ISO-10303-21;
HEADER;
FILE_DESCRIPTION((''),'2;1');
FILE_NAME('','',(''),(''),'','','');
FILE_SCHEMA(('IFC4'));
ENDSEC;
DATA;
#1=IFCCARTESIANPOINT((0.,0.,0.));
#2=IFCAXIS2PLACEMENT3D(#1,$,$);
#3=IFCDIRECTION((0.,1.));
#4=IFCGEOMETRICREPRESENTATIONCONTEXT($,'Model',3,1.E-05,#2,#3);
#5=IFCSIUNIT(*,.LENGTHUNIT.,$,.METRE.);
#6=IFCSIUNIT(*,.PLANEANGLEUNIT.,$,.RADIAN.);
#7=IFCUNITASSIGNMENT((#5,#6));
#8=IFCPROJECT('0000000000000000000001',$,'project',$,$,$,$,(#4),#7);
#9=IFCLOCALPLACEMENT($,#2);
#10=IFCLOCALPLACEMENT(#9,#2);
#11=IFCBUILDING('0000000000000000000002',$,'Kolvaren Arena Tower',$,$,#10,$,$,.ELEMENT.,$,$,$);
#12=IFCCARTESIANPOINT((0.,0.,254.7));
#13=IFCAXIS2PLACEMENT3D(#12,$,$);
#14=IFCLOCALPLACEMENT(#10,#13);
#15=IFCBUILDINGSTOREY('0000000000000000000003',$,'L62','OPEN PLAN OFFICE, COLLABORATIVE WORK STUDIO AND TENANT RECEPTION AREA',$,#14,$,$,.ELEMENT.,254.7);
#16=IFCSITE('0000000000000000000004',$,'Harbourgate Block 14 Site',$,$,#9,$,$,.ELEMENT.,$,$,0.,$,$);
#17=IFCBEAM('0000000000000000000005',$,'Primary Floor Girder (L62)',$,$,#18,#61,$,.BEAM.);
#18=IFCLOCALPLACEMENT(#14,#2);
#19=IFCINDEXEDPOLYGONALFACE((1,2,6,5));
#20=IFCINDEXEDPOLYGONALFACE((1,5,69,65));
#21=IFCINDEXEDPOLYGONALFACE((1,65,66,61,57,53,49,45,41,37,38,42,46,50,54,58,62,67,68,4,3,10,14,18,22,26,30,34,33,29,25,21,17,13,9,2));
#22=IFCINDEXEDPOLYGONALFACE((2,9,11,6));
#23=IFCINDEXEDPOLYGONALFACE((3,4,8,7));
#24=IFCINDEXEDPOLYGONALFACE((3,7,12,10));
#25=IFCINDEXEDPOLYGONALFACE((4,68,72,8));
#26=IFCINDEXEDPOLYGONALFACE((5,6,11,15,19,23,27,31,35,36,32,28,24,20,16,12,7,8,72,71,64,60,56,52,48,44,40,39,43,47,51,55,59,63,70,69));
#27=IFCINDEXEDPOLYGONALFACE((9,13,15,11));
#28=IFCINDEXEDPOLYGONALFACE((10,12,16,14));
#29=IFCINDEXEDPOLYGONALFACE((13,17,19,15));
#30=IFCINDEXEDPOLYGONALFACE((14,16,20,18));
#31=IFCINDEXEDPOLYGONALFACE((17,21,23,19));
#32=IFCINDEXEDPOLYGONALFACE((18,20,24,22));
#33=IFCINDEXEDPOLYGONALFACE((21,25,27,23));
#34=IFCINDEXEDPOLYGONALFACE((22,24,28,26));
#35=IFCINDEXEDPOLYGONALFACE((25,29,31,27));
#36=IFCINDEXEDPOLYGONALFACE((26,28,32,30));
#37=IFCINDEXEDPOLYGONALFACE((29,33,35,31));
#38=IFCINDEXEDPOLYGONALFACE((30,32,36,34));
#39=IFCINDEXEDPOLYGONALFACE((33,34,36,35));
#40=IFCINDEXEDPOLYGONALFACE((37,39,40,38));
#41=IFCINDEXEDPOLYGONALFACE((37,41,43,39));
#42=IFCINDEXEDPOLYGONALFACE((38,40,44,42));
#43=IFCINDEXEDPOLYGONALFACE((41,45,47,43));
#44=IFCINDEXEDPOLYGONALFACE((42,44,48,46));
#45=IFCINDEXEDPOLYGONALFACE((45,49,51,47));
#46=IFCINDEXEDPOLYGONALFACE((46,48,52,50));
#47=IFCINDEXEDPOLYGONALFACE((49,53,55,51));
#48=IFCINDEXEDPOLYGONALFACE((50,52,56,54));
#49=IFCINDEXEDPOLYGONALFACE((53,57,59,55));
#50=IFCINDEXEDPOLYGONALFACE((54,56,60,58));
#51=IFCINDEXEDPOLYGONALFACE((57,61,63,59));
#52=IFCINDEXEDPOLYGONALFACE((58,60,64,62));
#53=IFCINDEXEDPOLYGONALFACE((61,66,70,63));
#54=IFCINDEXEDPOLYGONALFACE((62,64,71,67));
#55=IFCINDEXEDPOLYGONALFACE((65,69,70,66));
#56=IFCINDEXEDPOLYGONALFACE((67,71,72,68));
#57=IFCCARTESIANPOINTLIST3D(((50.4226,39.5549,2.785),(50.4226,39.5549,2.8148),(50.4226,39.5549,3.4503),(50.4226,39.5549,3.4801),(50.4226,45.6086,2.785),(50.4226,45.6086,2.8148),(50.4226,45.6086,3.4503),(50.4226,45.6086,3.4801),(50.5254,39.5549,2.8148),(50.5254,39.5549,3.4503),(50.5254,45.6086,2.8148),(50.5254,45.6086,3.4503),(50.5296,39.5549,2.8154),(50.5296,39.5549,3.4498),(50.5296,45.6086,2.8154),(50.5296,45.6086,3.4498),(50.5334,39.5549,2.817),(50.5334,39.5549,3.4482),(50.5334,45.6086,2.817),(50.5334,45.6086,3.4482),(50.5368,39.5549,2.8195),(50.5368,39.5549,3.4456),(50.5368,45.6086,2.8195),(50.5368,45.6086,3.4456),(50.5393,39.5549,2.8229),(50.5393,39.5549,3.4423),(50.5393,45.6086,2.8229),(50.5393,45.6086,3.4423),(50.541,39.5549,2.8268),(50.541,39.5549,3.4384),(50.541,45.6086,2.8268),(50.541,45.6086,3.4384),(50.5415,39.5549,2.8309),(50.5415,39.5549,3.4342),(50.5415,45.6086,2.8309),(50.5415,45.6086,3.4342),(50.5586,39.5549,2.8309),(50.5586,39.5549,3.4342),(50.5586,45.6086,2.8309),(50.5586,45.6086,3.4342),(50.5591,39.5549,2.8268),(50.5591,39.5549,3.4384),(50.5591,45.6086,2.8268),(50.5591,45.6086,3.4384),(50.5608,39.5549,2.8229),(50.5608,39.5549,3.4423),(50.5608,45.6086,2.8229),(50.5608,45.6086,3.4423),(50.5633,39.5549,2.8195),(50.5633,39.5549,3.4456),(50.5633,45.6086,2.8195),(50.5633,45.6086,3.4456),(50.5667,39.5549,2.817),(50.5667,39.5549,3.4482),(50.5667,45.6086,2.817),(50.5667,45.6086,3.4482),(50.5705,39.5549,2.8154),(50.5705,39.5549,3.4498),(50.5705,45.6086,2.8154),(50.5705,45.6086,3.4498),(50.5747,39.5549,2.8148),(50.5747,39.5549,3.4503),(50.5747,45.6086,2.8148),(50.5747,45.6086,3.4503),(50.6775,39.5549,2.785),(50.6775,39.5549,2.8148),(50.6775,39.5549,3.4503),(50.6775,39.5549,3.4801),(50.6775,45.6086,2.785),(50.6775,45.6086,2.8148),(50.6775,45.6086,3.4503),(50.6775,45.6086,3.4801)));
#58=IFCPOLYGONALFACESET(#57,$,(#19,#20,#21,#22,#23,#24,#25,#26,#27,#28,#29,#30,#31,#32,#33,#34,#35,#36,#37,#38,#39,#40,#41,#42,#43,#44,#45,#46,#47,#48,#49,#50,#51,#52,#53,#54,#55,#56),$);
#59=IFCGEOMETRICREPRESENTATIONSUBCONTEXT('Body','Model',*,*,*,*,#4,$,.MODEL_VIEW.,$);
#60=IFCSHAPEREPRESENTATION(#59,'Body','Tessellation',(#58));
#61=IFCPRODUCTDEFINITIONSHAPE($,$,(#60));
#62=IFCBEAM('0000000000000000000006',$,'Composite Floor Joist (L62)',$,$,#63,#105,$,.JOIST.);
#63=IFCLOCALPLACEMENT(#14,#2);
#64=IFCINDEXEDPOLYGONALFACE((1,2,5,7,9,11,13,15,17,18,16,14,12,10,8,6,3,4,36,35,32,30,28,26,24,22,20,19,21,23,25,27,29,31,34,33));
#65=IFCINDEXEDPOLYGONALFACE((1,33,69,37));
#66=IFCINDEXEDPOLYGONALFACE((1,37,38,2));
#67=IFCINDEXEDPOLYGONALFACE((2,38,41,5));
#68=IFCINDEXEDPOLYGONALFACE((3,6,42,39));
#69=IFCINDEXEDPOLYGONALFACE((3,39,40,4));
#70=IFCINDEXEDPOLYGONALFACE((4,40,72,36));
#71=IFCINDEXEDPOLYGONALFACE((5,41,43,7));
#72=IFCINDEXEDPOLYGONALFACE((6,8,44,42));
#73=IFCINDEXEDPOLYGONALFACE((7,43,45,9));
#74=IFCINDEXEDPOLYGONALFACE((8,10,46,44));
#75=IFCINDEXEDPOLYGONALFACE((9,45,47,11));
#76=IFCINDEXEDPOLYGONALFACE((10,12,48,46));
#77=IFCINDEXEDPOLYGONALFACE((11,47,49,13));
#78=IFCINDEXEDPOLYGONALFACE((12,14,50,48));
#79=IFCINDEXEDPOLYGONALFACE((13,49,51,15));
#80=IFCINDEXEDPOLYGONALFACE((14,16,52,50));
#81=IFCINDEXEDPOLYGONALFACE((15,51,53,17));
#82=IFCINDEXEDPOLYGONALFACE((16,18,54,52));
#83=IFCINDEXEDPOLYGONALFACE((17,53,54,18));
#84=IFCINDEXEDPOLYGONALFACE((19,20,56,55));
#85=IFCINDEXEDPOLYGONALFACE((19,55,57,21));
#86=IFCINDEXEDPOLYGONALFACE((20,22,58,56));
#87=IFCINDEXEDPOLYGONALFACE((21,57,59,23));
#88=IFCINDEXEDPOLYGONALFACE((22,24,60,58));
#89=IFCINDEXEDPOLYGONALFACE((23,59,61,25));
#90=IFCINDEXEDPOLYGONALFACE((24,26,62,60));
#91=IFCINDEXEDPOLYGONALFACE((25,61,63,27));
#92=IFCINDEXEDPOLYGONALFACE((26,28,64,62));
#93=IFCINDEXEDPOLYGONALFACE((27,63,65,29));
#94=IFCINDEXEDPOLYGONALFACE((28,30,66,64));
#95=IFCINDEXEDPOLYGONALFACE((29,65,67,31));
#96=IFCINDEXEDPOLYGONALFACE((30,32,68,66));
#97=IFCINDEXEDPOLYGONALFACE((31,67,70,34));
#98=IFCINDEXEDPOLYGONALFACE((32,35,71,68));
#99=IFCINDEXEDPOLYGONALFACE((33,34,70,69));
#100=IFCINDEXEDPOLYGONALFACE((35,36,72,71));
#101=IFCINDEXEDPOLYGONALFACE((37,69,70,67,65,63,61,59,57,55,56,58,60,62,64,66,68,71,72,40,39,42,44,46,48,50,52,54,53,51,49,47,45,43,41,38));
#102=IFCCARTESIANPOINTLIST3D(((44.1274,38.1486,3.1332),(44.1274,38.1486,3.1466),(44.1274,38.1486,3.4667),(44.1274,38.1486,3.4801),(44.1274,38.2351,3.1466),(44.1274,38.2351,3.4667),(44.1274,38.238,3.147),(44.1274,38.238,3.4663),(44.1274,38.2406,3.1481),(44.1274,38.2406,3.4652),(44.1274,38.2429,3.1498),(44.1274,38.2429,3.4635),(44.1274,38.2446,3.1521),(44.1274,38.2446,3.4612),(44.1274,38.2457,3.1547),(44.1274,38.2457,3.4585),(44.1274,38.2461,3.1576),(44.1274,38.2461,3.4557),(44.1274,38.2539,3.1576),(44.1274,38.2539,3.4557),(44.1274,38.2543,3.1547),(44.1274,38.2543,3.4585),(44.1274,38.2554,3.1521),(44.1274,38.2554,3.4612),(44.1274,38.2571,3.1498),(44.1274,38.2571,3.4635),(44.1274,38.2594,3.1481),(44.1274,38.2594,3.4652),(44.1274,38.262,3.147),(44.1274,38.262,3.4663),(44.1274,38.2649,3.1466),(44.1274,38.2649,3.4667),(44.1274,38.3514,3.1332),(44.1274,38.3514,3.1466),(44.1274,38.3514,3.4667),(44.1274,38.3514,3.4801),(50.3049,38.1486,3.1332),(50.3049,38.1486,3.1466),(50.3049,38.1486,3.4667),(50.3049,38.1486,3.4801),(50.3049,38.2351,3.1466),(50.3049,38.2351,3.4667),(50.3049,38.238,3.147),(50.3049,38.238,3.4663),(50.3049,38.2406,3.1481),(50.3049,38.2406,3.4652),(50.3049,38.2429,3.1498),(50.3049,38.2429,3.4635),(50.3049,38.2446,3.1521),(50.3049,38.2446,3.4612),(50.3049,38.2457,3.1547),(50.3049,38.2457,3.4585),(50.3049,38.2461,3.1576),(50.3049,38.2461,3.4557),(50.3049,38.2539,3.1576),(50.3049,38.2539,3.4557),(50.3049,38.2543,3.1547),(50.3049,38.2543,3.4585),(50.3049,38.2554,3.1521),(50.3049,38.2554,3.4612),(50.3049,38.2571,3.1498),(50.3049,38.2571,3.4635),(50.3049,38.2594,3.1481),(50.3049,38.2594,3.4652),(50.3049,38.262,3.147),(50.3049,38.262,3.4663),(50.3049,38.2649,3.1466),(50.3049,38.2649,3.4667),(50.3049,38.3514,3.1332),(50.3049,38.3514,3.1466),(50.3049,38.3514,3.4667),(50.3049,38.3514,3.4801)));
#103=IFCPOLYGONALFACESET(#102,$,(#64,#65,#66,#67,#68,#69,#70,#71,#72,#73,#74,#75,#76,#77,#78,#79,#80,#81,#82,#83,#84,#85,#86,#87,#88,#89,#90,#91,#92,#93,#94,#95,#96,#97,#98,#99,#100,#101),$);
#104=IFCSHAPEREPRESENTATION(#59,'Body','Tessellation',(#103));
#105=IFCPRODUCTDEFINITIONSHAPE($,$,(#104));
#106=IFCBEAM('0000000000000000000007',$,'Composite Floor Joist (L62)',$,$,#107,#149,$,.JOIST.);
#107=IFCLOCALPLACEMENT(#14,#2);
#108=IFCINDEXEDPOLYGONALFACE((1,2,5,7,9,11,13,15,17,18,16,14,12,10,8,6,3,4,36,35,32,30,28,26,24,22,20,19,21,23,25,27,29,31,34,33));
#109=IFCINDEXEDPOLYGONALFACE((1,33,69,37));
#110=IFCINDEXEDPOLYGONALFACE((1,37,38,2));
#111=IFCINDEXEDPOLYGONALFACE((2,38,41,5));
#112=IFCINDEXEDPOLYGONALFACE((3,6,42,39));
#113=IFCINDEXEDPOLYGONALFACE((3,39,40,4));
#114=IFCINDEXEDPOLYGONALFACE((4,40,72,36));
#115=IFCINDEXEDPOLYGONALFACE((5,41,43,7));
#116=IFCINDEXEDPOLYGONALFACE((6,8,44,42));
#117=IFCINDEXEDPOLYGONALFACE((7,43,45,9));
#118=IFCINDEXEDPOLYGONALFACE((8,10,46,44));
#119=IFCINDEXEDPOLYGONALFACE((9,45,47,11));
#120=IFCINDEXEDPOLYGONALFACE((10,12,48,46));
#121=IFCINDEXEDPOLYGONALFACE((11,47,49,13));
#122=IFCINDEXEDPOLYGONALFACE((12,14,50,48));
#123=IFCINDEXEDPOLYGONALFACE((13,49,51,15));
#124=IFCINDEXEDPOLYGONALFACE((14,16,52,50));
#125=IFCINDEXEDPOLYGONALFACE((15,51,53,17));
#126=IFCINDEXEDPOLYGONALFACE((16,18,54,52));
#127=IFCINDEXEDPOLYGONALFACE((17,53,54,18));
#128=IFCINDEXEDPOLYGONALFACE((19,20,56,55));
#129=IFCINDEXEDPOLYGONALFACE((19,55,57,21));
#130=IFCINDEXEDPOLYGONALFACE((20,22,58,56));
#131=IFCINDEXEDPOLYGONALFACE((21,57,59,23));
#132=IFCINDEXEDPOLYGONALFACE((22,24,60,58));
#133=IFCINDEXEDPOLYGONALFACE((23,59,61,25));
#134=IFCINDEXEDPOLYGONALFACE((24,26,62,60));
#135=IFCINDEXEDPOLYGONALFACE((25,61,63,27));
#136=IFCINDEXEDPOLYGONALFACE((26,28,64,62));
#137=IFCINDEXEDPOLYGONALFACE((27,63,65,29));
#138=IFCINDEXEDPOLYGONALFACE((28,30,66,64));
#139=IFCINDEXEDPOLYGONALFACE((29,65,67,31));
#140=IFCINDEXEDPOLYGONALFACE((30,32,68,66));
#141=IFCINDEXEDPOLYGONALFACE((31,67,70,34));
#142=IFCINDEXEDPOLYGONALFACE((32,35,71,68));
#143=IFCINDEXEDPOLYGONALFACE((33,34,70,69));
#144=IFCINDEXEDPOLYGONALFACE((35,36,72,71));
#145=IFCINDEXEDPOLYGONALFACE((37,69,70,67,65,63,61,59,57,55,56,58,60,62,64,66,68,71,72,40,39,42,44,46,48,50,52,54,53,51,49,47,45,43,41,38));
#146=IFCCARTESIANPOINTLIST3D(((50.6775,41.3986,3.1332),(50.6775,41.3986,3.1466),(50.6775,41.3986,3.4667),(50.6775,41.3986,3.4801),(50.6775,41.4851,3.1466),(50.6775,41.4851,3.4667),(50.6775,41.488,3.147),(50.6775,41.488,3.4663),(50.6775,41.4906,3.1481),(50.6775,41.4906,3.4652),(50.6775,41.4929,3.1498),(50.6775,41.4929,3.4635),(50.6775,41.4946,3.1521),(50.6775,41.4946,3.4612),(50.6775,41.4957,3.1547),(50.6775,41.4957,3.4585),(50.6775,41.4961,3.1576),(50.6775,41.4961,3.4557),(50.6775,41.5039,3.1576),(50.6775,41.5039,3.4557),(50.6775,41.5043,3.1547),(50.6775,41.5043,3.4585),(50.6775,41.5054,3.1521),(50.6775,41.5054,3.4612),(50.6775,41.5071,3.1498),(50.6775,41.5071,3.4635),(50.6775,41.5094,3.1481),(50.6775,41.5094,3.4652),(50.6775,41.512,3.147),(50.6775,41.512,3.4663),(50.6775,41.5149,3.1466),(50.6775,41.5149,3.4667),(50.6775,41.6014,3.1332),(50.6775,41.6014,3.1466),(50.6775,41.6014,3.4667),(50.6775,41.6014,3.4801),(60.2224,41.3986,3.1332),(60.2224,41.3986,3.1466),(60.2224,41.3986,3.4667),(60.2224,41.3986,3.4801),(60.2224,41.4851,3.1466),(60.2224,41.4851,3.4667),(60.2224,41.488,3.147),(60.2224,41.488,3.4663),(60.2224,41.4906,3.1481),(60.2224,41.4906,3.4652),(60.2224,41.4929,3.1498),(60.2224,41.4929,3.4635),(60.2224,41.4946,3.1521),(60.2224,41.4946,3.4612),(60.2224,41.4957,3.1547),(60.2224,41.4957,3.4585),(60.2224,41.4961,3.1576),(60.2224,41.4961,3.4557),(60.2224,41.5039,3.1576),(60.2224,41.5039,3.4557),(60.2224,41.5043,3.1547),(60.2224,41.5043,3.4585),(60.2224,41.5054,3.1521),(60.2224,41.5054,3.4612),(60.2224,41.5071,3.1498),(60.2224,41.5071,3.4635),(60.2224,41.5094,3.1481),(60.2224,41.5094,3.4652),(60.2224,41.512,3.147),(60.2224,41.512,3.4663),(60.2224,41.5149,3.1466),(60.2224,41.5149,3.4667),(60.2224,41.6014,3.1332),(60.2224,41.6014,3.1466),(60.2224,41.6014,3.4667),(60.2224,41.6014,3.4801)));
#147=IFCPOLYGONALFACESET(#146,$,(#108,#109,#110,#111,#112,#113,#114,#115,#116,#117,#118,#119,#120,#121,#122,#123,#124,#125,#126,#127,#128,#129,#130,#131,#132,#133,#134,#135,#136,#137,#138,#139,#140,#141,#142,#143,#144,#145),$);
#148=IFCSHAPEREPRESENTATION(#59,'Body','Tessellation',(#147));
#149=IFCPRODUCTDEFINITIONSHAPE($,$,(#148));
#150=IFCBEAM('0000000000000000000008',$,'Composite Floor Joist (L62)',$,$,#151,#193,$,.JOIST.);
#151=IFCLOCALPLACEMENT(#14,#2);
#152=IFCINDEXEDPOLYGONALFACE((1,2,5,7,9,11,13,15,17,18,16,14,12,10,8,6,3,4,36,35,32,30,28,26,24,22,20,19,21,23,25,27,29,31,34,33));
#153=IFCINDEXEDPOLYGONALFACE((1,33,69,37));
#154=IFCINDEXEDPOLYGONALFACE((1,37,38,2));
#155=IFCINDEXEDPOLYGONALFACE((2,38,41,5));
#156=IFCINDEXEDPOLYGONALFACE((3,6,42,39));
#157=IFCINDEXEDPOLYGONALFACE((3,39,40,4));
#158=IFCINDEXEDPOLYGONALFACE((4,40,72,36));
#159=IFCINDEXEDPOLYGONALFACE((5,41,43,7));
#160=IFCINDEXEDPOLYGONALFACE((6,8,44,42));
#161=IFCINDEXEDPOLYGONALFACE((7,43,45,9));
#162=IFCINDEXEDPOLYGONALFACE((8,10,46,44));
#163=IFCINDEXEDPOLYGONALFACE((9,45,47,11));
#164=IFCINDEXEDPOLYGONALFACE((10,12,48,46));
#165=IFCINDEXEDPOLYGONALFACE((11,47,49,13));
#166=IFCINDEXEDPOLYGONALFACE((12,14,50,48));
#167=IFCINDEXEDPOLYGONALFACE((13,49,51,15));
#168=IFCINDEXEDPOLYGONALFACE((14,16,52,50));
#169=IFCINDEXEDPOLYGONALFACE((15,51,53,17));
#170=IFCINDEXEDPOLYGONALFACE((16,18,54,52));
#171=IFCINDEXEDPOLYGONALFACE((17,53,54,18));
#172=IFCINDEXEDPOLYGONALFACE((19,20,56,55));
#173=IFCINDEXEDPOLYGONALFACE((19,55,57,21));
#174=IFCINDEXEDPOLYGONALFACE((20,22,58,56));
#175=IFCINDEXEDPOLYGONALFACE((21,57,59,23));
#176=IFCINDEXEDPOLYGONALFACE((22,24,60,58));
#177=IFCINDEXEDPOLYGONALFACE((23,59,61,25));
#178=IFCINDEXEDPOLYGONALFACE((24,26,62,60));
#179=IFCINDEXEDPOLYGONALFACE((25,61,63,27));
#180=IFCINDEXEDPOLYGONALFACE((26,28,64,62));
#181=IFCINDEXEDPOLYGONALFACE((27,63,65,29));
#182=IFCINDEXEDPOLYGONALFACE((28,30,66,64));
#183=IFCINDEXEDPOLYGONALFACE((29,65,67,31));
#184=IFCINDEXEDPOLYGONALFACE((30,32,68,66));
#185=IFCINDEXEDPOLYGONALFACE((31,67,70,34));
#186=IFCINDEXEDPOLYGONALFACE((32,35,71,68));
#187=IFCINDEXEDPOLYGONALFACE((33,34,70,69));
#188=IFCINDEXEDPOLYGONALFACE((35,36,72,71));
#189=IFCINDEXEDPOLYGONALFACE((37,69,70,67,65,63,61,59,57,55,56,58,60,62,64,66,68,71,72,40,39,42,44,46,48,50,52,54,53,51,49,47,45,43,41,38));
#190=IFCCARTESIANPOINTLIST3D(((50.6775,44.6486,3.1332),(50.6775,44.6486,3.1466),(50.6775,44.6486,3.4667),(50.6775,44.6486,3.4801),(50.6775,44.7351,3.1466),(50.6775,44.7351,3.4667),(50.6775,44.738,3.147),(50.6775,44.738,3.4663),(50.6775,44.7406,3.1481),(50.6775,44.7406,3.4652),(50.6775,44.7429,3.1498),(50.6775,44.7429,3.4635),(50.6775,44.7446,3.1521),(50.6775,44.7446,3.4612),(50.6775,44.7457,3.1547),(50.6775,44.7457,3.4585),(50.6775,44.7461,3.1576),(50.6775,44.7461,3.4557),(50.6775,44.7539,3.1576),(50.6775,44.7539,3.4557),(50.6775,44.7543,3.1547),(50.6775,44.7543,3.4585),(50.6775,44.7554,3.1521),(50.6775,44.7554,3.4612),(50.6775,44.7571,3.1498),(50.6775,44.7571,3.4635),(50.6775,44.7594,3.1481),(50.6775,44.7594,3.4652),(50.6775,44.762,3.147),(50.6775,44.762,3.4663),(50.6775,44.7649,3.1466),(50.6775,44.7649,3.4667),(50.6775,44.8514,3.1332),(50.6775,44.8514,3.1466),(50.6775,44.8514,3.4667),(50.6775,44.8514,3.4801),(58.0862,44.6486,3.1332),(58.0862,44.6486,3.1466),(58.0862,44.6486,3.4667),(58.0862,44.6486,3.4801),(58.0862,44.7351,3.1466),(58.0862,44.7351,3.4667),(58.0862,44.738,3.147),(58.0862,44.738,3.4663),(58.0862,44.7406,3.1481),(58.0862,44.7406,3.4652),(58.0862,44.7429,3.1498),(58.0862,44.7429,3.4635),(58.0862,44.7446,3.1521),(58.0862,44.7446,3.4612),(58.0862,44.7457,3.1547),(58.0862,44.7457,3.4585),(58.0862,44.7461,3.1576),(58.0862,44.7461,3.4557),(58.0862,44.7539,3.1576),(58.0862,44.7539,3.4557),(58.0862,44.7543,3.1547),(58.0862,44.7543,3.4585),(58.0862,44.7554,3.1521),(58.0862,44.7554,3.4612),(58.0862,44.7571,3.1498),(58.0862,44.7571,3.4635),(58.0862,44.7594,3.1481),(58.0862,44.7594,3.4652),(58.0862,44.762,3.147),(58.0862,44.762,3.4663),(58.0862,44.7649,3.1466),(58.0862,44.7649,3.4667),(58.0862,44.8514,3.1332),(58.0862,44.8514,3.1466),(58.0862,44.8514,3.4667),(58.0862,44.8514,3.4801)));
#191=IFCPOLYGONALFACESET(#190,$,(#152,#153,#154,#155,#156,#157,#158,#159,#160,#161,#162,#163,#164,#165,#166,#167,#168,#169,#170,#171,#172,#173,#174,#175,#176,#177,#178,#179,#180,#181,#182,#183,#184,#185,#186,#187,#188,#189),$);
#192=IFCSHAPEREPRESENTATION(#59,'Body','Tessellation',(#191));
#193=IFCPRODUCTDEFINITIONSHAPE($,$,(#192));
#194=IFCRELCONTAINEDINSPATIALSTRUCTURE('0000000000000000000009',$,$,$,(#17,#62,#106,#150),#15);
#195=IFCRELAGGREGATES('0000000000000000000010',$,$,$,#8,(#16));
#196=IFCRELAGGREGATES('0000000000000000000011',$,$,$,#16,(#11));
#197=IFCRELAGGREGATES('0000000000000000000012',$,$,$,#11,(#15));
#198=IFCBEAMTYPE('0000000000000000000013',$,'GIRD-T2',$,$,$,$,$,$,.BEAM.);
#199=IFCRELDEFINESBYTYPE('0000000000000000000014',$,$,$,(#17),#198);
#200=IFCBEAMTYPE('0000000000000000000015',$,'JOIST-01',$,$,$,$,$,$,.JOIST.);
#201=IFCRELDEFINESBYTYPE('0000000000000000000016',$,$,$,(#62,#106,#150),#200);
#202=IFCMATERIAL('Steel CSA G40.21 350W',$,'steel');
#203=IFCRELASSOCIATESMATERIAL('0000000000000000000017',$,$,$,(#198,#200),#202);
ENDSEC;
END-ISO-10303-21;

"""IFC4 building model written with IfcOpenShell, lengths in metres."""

from ifc_helpers import new_model, si_unit, direction, frame, origin, origin_2d, place, context, subcontext, project, spatial, i_section, extrude, material, material_profile, profile_set, type_object, element, save


model = new_model("IFC4")

# Units and contexts
model_context = context("Model", 3, precision=1e-05, world=origin(), true_north=direction((0.0, 1.0)))
body_context = subcontext(model_context, "Body", "Model", "MODEL_VIEW")
ifc_project = project(units=[si_unit("LENGTHUNIT", "METRE"), si_unit("PLANEANGLEUNIT", "RADIAN")], contexts=[model_context])

# Site, building, storey
site_placement = place(None, origin())
site = spatial("IfcSite", under=ifc_project, at=site_placement, Name="Harbourgate Block 14 Site", CompositionType="ELEMENT", RefElevation=0.0)
building_placement = place(site_placement, origin())
building = spatial("IfcBuilding", under=site, at=building_placement, Name="Kolvaren Arena Tower", CompositionType="ELEMENT")
storey_placement = place(building_placement, frame((0.0, 0.0, 254.7)))
storey = spatial("IfcBuildingStorey", under=building, at=storey_placement, Name="L62", Description="OPEN PLAN OFFICE, COLLABORATIVE WORK STUDIO AND TENANT RECEPTION AREA", CompositionType="ELEMENT", Elevation=254.7)

# Beams
ifc_material_1 = material(Name="Steel CSA G40.21 350W", Category="steel")
ifc_material_profile_1 = material_profile(ifc_material_1, i_section(OverallWidth=0.2549, OverallDepth=0.6951, WebThickness=0.0171, FlangeThickness=0.0298, FilletRadius=0.0161, at=origin_2d()), Name="W690x217")
ifc_profile_set_1 = profile_set([ifc_material_profile_1], Name="Steel CSA G40.21 350W")
beam_type_1 = type_object("IfcBeamType", Name="GIRD-T2", PredefinedType="BEAM", material=ifc_profile_set_1)
beam_1_placement = place(storey_placement, frame((50.55, 39.5549, 3.1326), z_axis=(0.0, 1.0, 0.0), x_axis=(-1.0, 0.0, 0.0)))
element("IfcBeam", 1, at=beam_1_placement, inside=storey, type_object=beam_type_1, Name="Primary Floor Girder (L62)", PredefinedType="BEAM", context=body_context, shape_type="SweptSolid", body=[
    extrude(i_section(OverallWidth=0.2549, OverallDepth=0.6951, WebThickness=0.0171, FlangeThickness=0.0298, FilletRadius=0.0161, at=origin_2d()), origin(), (0.0, 0.0, 1.0), 6.0537),
])
ifc_material_profile_2 = material_profile(ifc_material_1, i_section(OverallWidth=0.2029, OverallDepth=0.3469, WebThickness=0.0078, FlangeThickness=0.0134, FilletRadius=0.011, at=origin_2d()), Name="W360x64")
ifc_profile_set_2 = profile_set([ifc_material_profile_2], Name="Steel CSA G40.21 350W")
beam_type_2 = type_object("IfcBeamType", Name="JOIST-01", PredefinedType="JOIST", material=ifc_profile_set_2)
beam_2_placement = place(storey_placement, frame((44.1274, 38.25, 3.3066), z_axis=(1.0, 0.0, 0.0), x_axis=(0.0, 1.0, 0.0)))
element("IfcBeam", 2, at=beam_2_placement, inside=storey, type_object=beam_type_2, Name="Composite Floor Joist (L62)", PredefinedType="JOIST", context=body_context, shape_type="SweptSolid", body=[
    extrude(i_section(OverallWidth=0.2029, OverallDepth=0.3469, WebThickness=0.0078, FlangeThickness=0.0134, FilletRadius=0.011, at=origin_2d()), origin(), (0.0, 0.0, 1.0), 6.1775),
])
beam_3_placement = place(storey_placement, frame((50.6775, 41.5, 3.3066), z_axis=(1.0, 0.0, 0.0), x_axis=(0.0, 1.0, 0.0)))
element("IfcBeam", 3, at=beam_3_placement, inside=storey, type_object=beam_type_2, Name="Composite Floor Joist (L62)", PredefinedType="JOIST", context=body_context, shape_type="SweptSolid", body=[
    extrude(i_section(OverallWidth=0.2029, OverallDepth=0.3469, WebThickness=0.0078, FlangeThickness=0.0134, FilletRadius=0.011, at=origin_2d()), origin(), (0.0, 0.0, 1.0), 9.5449),
])
beam_4_placement = place(storey_placement, frame((50.6775, 44.75, 3.3066), z_axis=(1.0, 0.0, 0.0), x_axis=(0.0, 1.0, 0.0)))
element("IfcBeam", 4, at=beam_4_placement, inside=storey, type_object=beam_type_2, Name="Composite Floor Joist (L62)", PredefinedType="JOIST", context=body_context, shape_type="SweptSolid", body=[
    extrude(i_section(OverallWidth=0.2029, OverallDepth=0.3469, WebThickness=0.0078, FlangeThickness=0.0134, FilletRadius=0.011, at=origin_2d()), origin(), (0.0, 0.0, 1.0), 7.4087),
])

save(model, "model.ifc")
